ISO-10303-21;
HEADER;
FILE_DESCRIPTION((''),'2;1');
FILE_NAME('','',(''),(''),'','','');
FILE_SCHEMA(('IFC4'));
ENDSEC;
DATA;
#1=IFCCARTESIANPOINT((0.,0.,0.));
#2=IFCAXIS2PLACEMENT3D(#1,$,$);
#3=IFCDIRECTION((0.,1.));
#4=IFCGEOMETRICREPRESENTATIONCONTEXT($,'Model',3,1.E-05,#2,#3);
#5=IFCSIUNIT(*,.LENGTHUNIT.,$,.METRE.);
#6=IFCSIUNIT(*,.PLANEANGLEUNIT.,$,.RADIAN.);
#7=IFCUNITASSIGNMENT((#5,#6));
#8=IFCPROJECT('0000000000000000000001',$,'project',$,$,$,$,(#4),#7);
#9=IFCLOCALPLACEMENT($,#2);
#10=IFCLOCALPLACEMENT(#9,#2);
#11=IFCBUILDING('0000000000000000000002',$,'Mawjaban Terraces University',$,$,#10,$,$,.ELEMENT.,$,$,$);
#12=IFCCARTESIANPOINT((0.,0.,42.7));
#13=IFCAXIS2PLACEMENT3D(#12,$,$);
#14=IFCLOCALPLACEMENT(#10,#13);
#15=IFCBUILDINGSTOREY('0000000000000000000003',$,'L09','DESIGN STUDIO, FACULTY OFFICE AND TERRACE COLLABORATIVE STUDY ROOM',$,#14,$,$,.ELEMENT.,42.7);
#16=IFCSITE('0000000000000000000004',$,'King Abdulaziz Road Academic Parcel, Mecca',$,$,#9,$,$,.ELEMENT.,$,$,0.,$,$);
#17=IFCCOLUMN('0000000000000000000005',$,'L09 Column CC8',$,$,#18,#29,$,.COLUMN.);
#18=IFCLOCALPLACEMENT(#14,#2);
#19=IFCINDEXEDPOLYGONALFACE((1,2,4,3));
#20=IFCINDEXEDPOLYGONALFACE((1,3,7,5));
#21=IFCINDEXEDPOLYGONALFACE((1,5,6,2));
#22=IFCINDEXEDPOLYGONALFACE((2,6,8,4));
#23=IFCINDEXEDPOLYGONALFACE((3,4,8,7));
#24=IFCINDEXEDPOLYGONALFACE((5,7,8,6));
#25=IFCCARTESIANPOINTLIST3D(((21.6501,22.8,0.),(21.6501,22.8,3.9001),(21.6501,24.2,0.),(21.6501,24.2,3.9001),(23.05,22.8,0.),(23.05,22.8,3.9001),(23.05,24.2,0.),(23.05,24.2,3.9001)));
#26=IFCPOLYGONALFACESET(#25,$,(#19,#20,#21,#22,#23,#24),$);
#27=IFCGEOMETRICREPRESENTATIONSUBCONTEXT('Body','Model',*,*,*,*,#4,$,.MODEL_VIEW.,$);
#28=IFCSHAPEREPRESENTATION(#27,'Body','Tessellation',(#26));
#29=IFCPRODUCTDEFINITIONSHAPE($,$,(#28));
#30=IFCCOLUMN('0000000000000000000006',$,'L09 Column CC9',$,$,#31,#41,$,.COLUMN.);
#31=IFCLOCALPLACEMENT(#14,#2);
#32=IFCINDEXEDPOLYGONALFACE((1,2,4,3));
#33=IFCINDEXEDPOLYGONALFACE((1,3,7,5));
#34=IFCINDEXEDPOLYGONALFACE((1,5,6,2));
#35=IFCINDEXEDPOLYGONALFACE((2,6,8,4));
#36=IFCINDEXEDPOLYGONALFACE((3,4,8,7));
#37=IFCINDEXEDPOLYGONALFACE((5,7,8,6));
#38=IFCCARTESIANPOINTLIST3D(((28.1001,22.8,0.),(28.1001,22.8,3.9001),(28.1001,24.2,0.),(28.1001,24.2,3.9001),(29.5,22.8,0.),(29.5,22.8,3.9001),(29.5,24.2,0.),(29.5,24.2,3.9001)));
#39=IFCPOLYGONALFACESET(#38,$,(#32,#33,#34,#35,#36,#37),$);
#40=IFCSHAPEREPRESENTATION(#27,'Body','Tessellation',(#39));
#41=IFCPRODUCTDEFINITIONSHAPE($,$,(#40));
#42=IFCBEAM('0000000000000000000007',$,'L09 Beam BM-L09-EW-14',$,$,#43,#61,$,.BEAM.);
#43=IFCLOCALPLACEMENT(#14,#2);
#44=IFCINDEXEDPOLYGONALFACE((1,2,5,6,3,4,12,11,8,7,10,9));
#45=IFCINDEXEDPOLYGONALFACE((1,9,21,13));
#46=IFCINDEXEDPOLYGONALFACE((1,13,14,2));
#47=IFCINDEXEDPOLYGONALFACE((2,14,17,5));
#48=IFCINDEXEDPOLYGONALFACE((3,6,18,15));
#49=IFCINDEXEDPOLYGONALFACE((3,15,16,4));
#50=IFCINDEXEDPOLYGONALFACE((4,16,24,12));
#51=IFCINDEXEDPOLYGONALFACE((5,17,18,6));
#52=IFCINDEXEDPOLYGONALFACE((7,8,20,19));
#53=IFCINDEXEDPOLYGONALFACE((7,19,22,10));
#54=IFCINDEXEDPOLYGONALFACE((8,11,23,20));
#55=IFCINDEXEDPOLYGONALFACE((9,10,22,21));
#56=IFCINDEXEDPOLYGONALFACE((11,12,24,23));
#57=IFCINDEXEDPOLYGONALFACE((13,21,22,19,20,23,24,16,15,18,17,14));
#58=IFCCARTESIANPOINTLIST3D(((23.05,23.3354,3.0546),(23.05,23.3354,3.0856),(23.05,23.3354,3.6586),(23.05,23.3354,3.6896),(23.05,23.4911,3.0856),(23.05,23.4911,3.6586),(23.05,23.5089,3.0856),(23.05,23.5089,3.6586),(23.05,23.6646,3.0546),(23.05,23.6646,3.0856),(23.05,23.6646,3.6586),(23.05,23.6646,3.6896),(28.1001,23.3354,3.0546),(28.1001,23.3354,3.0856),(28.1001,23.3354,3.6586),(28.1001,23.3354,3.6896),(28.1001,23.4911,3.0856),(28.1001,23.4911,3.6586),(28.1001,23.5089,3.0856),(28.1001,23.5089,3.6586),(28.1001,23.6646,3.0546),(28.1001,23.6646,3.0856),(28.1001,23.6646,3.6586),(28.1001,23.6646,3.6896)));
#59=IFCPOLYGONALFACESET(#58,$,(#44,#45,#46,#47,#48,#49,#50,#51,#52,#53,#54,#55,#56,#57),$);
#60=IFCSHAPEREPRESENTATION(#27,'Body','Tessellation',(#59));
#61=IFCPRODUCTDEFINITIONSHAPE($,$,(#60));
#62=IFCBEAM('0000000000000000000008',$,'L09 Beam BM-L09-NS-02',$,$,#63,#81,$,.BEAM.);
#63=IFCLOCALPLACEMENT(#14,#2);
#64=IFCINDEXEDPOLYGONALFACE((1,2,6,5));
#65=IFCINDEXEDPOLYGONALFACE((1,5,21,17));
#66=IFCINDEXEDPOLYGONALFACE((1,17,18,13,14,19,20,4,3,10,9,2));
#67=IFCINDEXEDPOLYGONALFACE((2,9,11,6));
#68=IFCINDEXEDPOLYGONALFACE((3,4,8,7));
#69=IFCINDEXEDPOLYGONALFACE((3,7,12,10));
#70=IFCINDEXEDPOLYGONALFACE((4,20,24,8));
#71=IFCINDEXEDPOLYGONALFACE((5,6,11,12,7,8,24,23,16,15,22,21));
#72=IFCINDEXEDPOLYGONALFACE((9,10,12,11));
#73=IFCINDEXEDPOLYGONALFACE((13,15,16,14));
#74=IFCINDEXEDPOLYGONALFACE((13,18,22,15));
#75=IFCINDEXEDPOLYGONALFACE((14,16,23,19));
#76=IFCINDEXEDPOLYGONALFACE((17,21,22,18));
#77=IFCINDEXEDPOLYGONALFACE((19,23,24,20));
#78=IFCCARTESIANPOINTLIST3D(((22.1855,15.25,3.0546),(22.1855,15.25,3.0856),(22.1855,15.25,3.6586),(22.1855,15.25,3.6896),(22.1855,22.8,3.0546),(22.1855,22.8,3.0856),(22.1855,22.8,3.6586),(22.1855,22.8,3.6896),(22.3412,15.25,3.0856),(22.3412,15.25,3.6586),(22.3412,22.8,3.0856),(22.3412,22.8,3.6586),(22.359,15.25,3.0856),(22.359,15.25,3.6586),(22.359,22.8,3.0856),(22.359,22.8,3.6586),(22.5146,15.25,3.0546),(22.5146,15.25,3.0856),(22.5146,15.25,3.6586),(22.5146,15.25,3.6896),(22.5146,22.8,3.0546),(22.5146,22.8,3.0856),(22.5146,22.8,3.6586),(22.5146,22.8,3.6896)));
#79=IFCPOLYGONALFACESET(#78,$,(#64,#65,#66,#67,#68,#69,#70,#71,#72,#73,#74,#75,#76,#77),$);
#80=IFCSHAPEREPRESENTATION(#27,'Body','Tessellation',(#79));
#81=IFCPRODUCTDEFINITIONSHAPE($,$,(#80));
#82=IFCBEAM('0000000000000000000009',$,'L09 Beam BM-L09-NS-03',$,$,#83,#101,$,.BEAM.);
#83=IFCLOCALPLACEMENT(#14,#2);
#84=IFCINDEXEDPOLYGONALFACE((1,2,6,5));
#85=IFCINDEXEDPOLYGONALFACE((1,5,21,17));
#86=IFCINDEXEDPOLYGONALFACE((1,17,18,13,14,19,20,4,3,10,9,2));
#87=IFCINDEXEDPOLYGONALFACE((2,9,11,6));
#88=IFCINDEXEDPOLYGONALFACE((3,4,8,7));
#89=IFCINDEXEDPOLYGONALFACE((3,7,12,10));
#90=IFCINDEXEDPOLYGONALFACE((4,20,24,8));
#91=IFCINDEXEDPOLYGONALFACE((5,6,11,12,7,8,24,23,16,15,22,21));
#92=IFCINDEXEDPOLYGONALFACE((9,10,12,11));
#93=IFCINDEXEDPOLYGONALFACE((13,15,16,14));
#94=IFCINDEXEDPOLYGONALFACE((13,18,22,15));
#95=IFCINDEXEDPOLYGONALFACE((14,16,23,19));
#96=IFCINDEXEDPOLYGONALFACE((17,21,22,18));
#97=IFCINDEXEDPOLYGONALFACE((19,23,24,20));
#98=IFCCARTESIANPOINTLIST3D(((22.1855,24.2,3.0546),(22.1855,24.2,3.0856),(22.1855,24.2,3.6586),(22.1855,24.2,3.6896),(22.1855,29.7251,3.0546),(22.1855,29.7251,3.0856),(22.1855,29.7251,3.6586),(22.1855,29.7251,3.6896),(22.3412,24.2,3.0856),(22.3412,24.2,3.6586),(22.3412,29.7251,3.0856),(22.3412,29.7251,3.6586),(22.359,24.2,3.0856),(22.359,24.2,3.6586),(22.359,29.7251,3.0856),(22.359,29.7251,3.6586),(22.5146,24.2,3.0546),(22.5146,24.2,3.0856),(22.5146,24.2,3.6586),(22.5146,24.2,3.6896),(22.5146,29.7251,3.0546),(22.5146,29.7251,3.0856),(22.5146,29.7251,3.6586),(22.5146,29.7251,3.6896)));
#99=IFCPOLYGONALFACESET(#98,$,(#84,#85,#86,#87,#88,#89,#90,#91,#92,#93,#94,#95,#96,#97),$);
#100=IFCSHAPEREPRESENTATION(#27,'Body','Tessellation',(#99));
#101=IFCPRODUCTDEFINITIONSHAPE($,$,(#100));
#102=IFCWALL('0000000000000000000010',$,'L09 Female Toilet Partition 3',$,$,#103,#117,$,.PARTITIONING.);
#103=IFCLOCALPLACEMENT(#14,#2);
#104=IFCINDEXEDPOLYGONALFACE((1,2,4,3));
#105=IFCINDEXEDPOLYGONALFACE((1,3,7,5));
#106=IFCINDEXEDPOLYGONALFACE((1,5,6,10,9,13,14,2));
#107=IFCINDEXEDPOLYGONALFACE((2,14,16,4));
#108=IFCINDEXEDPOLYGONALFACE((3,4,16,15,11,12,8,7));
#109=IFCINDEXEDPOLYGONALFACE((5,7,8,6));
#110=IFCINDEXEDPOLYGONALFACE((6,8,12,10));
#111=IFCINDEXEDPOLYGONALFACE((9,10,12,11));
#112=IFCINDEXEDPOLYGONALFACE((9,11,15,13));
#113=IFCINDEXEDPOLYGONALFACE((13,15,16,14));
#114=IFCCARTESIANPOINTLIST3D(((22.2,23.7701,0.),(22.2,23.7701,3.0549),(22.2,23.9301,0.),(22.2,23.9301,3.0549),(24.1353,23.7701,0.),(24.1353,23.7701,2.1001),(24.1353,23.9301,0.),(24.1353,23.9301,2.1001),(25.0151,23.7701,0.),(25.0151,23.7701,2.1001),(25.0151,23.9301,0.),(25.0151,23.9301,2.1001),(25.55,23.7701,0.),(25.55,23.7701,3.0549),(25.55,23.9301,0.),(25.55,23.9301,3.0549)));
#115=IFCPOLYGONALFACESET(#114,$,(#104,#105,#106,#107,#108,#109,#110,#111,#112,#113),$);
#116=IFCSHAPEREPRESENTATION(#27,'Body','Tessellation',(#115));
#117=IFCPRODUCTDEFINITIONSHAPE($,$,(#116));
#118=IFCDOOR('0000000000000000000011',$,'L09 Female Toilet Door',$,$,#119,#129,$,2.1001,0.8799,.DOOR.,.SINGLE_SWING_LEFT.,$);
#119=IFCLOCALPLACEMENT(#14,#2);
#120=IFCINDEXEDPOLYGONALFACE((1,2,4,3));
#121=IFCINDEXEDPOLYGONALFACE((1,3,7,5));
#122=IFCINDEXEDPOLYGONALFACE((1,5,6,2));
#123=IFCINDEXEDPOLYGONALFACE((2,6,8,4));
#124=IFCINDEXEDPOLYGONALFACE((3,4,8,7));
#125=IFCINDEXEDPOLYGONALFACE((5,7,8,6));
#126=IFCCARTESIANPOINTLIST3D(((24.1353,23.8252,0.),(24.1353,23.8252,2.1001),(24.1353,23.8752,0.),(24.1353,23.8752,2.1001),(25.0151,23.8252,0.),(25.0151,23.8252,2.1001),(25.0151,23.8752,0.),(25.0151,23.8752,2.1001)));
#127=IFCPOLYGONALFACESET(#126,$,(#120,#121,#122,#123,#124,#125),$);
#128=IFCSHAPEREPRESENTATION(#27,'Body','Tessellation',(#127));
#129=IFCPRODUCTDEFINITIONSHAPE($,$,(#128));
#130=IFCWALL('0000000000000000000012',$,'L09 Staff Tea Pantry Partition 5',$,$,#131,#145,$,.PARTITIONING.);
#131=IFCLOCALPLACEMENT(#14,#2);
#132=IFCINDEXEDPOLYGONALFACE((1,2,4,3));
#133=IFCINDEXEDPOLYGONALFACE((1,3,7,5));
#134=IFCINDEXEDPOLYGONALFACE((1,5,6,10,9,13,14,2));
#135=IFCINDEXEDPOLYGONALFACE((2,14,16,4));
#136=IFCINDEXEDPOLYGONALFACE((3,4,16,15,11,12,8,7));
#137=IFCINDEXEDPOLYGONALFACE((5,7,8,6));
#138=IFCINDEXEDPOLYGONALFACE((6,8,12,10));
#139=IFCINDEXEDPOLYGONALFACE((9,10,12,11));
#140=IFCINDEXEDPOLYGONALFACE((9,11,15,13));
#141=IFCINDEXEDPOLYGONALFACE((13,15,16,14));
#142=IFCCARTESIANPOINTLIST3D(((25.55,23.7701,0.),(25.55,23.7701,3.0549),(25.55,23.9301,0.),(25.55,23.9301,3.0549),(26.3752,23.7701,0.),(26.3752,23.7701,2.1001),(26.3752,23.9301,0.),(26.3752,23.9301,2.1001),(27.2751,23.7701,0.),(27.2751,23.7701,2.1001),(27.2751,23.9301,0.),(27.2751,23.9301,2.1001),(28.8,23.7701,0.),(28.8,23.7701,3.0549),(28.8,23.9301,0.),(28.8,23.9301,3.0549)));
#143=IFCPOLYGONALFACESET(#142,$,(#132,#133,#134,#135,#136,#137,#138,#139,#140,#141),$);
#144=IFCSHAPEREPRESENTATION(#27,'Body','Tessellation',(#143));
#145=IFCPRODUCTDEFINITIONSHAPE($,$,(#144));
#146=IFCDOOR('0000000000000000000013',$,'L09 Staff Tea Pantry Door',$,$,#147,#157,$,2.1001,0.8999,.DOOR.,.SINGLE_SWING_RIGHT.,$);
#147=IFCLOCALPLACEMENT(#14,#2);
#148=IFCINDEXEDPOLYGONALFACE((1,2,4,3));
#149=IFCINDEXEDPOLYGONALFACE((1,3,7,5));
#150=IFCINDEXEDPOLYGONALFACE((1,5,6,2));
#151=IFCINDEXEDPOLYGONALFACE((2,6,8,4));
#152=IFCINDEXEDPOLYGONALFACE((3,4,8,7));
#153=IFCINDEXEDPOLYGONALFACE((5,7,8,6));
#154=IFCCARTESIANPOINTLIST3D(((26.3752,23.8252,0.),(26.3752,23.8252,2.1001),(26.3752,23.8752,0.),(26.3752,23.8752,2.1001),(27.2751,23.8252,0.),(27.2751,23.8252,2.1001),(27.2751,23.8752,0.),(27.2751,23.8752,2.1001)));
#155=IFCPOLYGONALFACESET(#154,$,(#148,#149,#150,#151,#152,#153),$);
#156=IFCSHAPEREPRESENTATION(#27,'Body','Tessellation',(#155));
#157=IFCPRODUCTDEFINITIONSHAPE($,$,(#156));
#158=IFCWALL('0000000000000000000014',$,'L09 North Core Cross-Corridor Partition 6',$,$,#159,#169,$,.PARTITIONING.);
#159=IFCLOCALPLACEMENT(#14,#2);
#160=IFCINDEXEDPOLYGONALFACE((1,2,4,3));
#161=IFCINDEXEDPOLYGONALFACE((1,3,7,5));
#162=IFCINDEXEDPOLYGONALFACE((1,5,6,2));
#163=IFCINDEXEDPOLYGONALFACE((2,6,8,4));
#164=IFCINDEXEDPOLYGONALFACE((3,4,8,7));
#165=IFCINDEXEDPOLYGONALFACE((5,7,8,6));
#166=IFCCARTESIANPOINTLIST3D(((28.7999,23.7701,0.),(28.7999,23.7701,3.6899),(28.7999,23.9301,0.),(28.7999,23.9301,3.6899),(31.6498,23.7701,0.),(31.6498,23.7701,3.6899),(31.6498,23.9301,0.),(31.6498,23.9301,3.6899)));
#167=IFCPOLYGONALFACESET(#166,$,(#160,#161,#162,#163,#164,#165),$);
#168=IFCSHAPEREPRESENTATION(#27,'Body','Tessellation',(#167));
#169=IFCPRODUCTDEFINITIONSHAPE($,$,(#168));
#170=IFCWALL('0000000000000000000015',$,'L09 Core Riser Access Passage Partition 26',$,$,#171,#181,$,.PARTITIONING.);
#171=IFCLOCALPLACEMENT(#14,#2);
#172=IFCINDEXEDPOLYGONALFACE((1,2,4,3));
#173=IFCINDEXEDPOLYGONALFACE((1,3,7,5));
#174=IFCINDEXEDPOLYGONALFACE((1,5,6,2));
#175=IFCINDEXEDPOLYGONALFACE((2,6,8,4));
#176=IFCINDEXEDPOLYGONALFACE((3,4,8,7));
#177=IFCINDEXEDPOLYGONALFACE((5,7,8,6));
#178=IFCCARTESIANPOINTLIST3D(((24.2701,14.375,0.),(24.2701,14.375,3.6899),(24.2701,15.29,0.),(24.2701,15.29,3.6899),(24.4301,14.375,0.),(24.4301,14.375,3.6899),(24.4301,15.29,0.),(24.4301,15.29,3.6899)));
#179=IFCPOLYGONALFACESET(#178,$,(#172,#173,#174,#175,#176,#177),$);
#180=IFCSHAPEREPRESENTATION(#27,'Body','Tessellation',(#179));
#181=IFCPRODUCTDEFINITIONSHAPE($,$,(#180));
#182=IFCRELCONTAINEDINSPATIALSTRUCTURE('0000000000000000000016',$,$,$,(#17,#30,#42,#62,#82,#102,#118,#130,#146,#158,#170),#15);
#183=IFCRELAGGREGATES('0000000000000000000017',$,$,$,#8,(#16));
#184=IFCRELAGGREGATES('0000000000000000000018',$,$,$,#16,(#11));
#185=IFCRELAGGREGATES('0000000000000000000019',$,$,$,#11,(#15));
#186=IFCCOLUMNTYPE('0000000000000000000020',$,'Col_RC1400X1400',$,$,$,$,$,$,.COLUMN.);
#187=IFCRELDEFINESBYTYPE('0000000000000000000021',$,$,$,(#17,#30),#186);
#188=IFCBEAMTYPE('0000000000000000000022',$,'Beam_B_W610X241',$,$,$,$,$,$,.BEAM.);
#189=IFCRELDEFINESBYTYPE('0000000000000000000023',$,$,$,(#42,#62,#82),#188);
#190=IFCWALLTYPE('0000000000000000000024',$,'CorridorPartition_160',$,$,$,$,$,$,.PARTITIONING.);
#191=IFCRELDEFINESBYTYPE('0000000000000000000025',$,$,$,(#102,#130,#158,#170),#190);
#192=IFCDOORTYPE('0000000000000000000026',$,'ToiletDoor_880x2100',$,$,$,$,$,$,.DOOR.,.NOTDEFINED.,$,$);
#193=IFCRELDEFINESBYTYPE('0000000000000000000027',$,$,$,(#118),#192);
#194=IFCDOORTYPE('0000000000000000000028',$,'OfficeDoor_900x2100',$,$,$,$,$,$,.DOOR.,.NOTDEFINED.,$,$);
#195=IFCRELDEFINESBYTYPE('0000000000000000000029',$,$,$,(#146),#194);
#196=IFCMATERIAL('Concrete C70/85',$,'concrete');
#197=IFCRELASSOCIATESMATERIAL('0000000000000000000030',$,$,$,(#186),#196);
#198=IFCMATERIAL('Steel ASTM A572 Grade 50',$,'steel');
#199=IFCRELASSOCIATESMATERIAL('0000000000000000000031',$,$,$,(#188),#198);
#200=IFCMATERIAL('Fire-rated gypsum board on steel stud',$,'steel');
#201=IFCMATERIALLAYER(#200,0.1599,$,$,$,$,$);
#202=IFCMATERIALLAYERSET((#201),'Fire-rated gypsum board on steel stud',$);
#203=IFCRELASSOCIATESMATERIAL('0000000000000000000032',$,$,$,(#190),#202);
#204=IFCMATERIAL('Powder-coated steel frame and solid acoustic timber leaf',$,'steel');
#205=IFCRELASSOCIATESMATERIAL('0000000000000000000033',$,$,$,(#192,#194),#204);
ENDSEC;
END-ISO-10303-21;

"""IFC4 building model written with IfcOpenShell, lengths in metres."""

from ifc_helpers import new_model, si_unit, direction, frame, frame_2d, origin, origin_2d, place, context, subcontext, project, spatial, rectangle, i_section, extrude, material, layer, layer_set, material_profile, profile_set, type_object, element, fill, save


model = new_model("IFC4")

# Units and contexts
model_context = context("Model", 3, precision=1e-05, world=origin(), true_north=direction((0.0, 1.0)))
body_context = subcontext(model_context, "Body", "Model", "MODEL_VIEW")
ifc_project = project(units=[si_unit("LENGTHUNIT", "METRE"), si_unit("PLANEANGLEUNIT", "RADIAN")], contexts=[model_context])

# Site, building, storey
site_placement = place(None, origin())
site = spatial("IfcSite", under=ifc_project, at=site_placement, Name="King Abdulaziz Road Academic Parcel, Mecca", CompositionType="ELEMENT", RefElevation=0.0)
building_placement = place(site_placement, origin())
building = spatial("IfcBuilding", under=site, at=building_placement, Name="Mawjaban Terraces University", CompositionType="ELEMENT")
storey_placement = place(building_placement, frame((0.0, 0.0, 42.7)))
storey = spatial("IfcBuildingStorey", under=building, at=storey_placement, Name="L09", Description="DESIGN STUDIO, FACULTY OFFICE AND TERRACE COLLABORATIVE STUDY ROOM", CompositionType="ELEMENT", Elevation=42.7)

# Columns
ifc_material_1 = material(Name="Concrete C70/85", Category="concrete")
ifc_material_profile_1 = material_profile(ifc_material_1, rectangle(XDim=1.3999, YDim=1.3999, at=origin_2d()), Name="RC1400X1400")
ifc_profile_set_1 = profile_set([ifc_material_profile_1], Name="Concrete C70/85")
column_type = type_object("IfcColumnType", Name="Col_RC1400X1400", PredefinedType="COLUMN", material=ifc_profile_set_1)
for number, where, z_axis, x_axis, name in (
    (1, (22.3501, 23.5, 0.0), (0.0, 0.0, 1.0), (1.0, 0.0, 0.0), "L09 Column CC8"),
    (2, (28.8, 23.5, 0.0), (0.0, 0.0, 1.0), (1.0, 0.0, 0.0), "L09 Column CC9"),
):
    element("IfcColumn", number, at=place(storey_placement, frame(where, z_axis=z_axis, x_axis=x_axis)), inside=storey, type_object=column_type, Name=name, PredefinedType="COLUMN", context=body_context, shape_type="SweptSolid", body=[
        extrude(rectangle(XDim=1.3999, YDim=1.3999, at=origin_2d()), origin(), (0.0, 0.0, 1.0), 3.9001),
    ])

# Beams
ifc_material_2 = material(Name="Steel ASTM A572 Grade 50", Category="steel")
ifc_material_profile_2 = material_profile(ifc_material_2, i_section(OverallWidth=0.3291, OverallDepth=0.635, WebThickness=0.0178, FlangeThickness=0.031, at=origin_2d()), Name="W610X241")
ifc_profile_set_2 = profile_set([ifc_material_profile_2], Name="Steel ASTM A572 Grade 50")
beam_type = type_object("IfcBeamType", Name="Beam_B_W610X241", PredefinedType="BEAM", material=ifc_profile_set_2)
beam_1_placement = place(storey_placement, frame((23.05, 23.5, 3.3721), z_axis=(1.0, 0.0, 0.0), x_axis=(0.0, 1.0, 0.0)))
element("IfcBeam", 3, at=beam_1_placement, inside=storey, type_object=beam_type, Name="L09 Beam BM-L09-EW-14", PredefinedType="BEAM", context=body_context, shape_type="SweptSolid", body=[
    extrude(i_section(OverallWidth=0.3291, OverallDepth=0.635, WebThickness=0.0178, FlangeThickness=0.031, at=origin_2d()), origin(), (0.0, 0.0, 1.0), 5.05),
])
beam_2_placement = place(storey_placement, frame((22.3501, 15.25, 3.3721), z_axis=(0.0, 1.0, 0.0), x_axis=(-1.0, 0.0, 0.0)))
element("IfcBeam", 4, at=beam_2_placement, inside=storey, type_object=beam_type, Name="L09 Beam BM-L09-NS-02", PredefinedType="BEAM", context=body_context, shape_type="SweptSolid", body=[
    extrude(i_section(OverallWidth=0.3291, OverallDepth=0.635, WebThickness=0.0178, FlangeThickness=0.031, at=origin_2d()), origin(), (0.0, 0.0, 1.0), 7.55),
])
beam_3_placement = place(storey_placement, frame((22.3501, 24.2, 3.3721), z_axis=(0.0, 1.0, 0.0), x_axis=(-1.0, 0.0, 0.0)))
element("IfcBeam", 5, at=beam_3_placement, inside=storey, type_object=beam_type, Name="L09 Beam BM-L09-NS-03", PredefinedType="BEAM", context=body_context, shape_type="SweptSolid", body=[
    extrude(i_section(OverallWidth=0.3291, OverallDepth=0.635, WebThickness=0.0178, FlangeThickness=0.031, at=origin_2d()), origin(), (0.0, 0.0, 1.0), 5.5251),
])

# Walls, openings, doors
ifc_material_3 = material(Name="Fire-rated gypsum board on steel stud", Category="steel")
ifc_layer_1 = layer(ifc_material_3, 0.1599)
ifc_layer_set_1 = layer_set([ifc_layer_1], Name="Fire-rated gypsum board on steel stud")
wall_type_1 = type_object("IfcWallType", Name="CorridorPartition_160", PredefinedType="PARTITIONING", material=ifc_layer_set_1)
wall_1_placement = place(storey_placement, frame((25.55, 23.8501, 0.0), z_axis=(0.0, 0.0, 1.0), x_axis=(-1.0, 0.0, 0.0)))
wall_1 = element("IfcWall", 6, at=wall_1_placement, inside=storey, type_object=wall_type_1, Name="L09 Female Toilet Partition 3", PredefinedType="PARTITIONING", context=body_context, shape_type="SweptSolid", body=[
    extrude(rectangle(XDim=3.3501, YDim=0.1599, at=frame_2d((1.675, 0.0))), origin(), (0.0, 0.0, 1.0), 3.0549),
])
opening_1_placement = place(wall_1_placement, frame((0.5349, 0.0, 0.0)))
opening_1 = element("IfcOpeningElement", 7, at=opening_1_placement, cuts=wall_1, PredefinedType="OPENING", context=body_context, shape_type="SweptSolid", body=[
    extrude(rectangle(XDim=0.8799, YDim=2.1001, at=frame_2d((0.4399, 1.05))), frame((0.0, 0.0898, 0.0), z_axis=(0.0, -1.0, 0.0), x_axis=(1.0, 0.0, 0.0)), (0.0, 0.0, 1.0), 0.1799),
])
ifc_material_4 = material(Name="Powder-coated steel frame and solid acoustic timber leaf", Category="steel")
door_type_1 = type_object("IfcDoorType", Name="ToiletDoor_880x2100", OperationType="NOTDEFINED", PredefinedType="DOOR", material=ifc_material_4)
door_1_placement = place(opening_1_placement, origin())
door_1 = element("IfcDoor", 8, at=door_1_placement, inside=storey, type_object=door_type_1, Name="L09 Female Toilet Door", OperationType="SINGLE_SWING_LEFT", OverallHeight=2.1001, OverallWidth=0.8799, PredefinedType="DOOR", context=body_context, shape_type="SweptSolid", body=[
    extrude(rectangle(XDim=0.8799, YDim=2.1001, at=frame_2d((0.4399, 1.05))), frame((0.0, 0.0249, 0.0), z_axis=(0.0, -1.0, 0.0), x_axis=(1.0, 0.0, 0.0)), (0.0, 0.0, 1.0), 0.05),
])
fill(opening_1, door_1)
wall_2_placement = place(storey_placement, frame((28.8, 23.8501, 0.0), z_axis=(0.0, 0.0, 1.0), x_axis=(-1.0, 0.0, 0.0)))
wall_2 = element("IfcWall", 9, at=wall_2_placement, inside=storey, type_object=wall_type_1, Name="L09 Staff Tea Pantry Partition 5", PredefinedType="PARTITIONING", context=body_context, shape_type="SweptSolid", body=[
    extrude(rectangle(XDim=3.25, YDim=0.1599, at=frame_2d((1.625, 0.0))), origin(), (0.0, 0.0, 1.0), 3.0549),
])
opening_2_placement = place(wall_2_placement, frame((1.5249, 0.0, 0.0)))
opening_2 = element("IfcOpeningElement", 10, at=opening_2_placement, cuts=wall_2, PredefinedType="OPENING", context=body_context, shape_type="SweptSolid", body=[
    extrude(rectangle(XDim=0.8999, YDim=2.1001, at=frame_2d((0.45, 1.05))), frame((0.0, 0.0898, 0.0), z_axis=(0.0, -1.0, 0.0), x_axis=(1.0, 0.0, 0.0)), (0.0, 0.0, 1.0), 0.1799),
])
door_type_2 = type_object("IfcDoorType", Name="OfficeDoor_900x2100", OperationType="NOTDEFINED", PredefinedType="DOOR", material=ifc_material_4)
door_2_placement = place(opening_2_placement, origin())
door_2 = element("IfcDoor", 11, at=door_2_placement, inside=storey, type_object=door_type_2, Name="L09 Staff Tea Pantry Door", OperationType="SINGLE_SWING_RIGHT", OverallHeight=2.1001, OverallWidth=0.8999, PredefinedType="DOOR", context=body_context, shape_type="SweptSolid", body=[
    extrude(rectangle(XDim=0.8999, YDim=2.1001, at=frame_2d((0.45, 1.05))), frame((0.0, 0.0249, 0.0), z_axis=(0.0, -1.0, 0.0), x_axis=(1.0, 0.0, 0.0)), (0.0, 0.0, 1.0), 0.05),
])
fill(opening_2, door_2)

# Walls
wall_3_placement = place(storey_placement, frame((28.8, 23.8501, 0.0), z_axis=(0.0, 0.0, 1.0), x_axis=(1.0, 0.0, 0.0)))
element("IfcWall", 12, at=wall_3_placement, inside=storey, type_object=wall_type_1, Name="L09 North Core Cross-Corridor Partition 6", PredefinedType="PARTITIONING", context=body_context, shape_type="SweptSolid", body=[
    extrude(rectangle(XDim=2.8499, YDim=0.1599, at=frame_2d((1.4248, 0.0))), origin(), (0.0, 0.0, 1.0), 3.6899),
])
wall_4_placement = place(storey_placement, frame((24.3501, 15.29, 0.0), z_axis=(0.0, 0.0, 1.0), x_axis=(0.0, -1.0, 0.0)))
element("IfcWall", 13, at=wall_4_placement, inside=storey, type_object=wall_type_1, Name="L09 Core Riser Access Passage Partition 26", PredefinedType="PARTITIONING", context=body_context, shape_type="SweptSolid", body=[
    extrude(rectangle(XDim=0.915, YDim=0.1599, at=frame_2d((0.4575, 0.0))), origin(), (0.0, 0.0, 1.0), 3.6899),
])

save(model, "model.ifc")
